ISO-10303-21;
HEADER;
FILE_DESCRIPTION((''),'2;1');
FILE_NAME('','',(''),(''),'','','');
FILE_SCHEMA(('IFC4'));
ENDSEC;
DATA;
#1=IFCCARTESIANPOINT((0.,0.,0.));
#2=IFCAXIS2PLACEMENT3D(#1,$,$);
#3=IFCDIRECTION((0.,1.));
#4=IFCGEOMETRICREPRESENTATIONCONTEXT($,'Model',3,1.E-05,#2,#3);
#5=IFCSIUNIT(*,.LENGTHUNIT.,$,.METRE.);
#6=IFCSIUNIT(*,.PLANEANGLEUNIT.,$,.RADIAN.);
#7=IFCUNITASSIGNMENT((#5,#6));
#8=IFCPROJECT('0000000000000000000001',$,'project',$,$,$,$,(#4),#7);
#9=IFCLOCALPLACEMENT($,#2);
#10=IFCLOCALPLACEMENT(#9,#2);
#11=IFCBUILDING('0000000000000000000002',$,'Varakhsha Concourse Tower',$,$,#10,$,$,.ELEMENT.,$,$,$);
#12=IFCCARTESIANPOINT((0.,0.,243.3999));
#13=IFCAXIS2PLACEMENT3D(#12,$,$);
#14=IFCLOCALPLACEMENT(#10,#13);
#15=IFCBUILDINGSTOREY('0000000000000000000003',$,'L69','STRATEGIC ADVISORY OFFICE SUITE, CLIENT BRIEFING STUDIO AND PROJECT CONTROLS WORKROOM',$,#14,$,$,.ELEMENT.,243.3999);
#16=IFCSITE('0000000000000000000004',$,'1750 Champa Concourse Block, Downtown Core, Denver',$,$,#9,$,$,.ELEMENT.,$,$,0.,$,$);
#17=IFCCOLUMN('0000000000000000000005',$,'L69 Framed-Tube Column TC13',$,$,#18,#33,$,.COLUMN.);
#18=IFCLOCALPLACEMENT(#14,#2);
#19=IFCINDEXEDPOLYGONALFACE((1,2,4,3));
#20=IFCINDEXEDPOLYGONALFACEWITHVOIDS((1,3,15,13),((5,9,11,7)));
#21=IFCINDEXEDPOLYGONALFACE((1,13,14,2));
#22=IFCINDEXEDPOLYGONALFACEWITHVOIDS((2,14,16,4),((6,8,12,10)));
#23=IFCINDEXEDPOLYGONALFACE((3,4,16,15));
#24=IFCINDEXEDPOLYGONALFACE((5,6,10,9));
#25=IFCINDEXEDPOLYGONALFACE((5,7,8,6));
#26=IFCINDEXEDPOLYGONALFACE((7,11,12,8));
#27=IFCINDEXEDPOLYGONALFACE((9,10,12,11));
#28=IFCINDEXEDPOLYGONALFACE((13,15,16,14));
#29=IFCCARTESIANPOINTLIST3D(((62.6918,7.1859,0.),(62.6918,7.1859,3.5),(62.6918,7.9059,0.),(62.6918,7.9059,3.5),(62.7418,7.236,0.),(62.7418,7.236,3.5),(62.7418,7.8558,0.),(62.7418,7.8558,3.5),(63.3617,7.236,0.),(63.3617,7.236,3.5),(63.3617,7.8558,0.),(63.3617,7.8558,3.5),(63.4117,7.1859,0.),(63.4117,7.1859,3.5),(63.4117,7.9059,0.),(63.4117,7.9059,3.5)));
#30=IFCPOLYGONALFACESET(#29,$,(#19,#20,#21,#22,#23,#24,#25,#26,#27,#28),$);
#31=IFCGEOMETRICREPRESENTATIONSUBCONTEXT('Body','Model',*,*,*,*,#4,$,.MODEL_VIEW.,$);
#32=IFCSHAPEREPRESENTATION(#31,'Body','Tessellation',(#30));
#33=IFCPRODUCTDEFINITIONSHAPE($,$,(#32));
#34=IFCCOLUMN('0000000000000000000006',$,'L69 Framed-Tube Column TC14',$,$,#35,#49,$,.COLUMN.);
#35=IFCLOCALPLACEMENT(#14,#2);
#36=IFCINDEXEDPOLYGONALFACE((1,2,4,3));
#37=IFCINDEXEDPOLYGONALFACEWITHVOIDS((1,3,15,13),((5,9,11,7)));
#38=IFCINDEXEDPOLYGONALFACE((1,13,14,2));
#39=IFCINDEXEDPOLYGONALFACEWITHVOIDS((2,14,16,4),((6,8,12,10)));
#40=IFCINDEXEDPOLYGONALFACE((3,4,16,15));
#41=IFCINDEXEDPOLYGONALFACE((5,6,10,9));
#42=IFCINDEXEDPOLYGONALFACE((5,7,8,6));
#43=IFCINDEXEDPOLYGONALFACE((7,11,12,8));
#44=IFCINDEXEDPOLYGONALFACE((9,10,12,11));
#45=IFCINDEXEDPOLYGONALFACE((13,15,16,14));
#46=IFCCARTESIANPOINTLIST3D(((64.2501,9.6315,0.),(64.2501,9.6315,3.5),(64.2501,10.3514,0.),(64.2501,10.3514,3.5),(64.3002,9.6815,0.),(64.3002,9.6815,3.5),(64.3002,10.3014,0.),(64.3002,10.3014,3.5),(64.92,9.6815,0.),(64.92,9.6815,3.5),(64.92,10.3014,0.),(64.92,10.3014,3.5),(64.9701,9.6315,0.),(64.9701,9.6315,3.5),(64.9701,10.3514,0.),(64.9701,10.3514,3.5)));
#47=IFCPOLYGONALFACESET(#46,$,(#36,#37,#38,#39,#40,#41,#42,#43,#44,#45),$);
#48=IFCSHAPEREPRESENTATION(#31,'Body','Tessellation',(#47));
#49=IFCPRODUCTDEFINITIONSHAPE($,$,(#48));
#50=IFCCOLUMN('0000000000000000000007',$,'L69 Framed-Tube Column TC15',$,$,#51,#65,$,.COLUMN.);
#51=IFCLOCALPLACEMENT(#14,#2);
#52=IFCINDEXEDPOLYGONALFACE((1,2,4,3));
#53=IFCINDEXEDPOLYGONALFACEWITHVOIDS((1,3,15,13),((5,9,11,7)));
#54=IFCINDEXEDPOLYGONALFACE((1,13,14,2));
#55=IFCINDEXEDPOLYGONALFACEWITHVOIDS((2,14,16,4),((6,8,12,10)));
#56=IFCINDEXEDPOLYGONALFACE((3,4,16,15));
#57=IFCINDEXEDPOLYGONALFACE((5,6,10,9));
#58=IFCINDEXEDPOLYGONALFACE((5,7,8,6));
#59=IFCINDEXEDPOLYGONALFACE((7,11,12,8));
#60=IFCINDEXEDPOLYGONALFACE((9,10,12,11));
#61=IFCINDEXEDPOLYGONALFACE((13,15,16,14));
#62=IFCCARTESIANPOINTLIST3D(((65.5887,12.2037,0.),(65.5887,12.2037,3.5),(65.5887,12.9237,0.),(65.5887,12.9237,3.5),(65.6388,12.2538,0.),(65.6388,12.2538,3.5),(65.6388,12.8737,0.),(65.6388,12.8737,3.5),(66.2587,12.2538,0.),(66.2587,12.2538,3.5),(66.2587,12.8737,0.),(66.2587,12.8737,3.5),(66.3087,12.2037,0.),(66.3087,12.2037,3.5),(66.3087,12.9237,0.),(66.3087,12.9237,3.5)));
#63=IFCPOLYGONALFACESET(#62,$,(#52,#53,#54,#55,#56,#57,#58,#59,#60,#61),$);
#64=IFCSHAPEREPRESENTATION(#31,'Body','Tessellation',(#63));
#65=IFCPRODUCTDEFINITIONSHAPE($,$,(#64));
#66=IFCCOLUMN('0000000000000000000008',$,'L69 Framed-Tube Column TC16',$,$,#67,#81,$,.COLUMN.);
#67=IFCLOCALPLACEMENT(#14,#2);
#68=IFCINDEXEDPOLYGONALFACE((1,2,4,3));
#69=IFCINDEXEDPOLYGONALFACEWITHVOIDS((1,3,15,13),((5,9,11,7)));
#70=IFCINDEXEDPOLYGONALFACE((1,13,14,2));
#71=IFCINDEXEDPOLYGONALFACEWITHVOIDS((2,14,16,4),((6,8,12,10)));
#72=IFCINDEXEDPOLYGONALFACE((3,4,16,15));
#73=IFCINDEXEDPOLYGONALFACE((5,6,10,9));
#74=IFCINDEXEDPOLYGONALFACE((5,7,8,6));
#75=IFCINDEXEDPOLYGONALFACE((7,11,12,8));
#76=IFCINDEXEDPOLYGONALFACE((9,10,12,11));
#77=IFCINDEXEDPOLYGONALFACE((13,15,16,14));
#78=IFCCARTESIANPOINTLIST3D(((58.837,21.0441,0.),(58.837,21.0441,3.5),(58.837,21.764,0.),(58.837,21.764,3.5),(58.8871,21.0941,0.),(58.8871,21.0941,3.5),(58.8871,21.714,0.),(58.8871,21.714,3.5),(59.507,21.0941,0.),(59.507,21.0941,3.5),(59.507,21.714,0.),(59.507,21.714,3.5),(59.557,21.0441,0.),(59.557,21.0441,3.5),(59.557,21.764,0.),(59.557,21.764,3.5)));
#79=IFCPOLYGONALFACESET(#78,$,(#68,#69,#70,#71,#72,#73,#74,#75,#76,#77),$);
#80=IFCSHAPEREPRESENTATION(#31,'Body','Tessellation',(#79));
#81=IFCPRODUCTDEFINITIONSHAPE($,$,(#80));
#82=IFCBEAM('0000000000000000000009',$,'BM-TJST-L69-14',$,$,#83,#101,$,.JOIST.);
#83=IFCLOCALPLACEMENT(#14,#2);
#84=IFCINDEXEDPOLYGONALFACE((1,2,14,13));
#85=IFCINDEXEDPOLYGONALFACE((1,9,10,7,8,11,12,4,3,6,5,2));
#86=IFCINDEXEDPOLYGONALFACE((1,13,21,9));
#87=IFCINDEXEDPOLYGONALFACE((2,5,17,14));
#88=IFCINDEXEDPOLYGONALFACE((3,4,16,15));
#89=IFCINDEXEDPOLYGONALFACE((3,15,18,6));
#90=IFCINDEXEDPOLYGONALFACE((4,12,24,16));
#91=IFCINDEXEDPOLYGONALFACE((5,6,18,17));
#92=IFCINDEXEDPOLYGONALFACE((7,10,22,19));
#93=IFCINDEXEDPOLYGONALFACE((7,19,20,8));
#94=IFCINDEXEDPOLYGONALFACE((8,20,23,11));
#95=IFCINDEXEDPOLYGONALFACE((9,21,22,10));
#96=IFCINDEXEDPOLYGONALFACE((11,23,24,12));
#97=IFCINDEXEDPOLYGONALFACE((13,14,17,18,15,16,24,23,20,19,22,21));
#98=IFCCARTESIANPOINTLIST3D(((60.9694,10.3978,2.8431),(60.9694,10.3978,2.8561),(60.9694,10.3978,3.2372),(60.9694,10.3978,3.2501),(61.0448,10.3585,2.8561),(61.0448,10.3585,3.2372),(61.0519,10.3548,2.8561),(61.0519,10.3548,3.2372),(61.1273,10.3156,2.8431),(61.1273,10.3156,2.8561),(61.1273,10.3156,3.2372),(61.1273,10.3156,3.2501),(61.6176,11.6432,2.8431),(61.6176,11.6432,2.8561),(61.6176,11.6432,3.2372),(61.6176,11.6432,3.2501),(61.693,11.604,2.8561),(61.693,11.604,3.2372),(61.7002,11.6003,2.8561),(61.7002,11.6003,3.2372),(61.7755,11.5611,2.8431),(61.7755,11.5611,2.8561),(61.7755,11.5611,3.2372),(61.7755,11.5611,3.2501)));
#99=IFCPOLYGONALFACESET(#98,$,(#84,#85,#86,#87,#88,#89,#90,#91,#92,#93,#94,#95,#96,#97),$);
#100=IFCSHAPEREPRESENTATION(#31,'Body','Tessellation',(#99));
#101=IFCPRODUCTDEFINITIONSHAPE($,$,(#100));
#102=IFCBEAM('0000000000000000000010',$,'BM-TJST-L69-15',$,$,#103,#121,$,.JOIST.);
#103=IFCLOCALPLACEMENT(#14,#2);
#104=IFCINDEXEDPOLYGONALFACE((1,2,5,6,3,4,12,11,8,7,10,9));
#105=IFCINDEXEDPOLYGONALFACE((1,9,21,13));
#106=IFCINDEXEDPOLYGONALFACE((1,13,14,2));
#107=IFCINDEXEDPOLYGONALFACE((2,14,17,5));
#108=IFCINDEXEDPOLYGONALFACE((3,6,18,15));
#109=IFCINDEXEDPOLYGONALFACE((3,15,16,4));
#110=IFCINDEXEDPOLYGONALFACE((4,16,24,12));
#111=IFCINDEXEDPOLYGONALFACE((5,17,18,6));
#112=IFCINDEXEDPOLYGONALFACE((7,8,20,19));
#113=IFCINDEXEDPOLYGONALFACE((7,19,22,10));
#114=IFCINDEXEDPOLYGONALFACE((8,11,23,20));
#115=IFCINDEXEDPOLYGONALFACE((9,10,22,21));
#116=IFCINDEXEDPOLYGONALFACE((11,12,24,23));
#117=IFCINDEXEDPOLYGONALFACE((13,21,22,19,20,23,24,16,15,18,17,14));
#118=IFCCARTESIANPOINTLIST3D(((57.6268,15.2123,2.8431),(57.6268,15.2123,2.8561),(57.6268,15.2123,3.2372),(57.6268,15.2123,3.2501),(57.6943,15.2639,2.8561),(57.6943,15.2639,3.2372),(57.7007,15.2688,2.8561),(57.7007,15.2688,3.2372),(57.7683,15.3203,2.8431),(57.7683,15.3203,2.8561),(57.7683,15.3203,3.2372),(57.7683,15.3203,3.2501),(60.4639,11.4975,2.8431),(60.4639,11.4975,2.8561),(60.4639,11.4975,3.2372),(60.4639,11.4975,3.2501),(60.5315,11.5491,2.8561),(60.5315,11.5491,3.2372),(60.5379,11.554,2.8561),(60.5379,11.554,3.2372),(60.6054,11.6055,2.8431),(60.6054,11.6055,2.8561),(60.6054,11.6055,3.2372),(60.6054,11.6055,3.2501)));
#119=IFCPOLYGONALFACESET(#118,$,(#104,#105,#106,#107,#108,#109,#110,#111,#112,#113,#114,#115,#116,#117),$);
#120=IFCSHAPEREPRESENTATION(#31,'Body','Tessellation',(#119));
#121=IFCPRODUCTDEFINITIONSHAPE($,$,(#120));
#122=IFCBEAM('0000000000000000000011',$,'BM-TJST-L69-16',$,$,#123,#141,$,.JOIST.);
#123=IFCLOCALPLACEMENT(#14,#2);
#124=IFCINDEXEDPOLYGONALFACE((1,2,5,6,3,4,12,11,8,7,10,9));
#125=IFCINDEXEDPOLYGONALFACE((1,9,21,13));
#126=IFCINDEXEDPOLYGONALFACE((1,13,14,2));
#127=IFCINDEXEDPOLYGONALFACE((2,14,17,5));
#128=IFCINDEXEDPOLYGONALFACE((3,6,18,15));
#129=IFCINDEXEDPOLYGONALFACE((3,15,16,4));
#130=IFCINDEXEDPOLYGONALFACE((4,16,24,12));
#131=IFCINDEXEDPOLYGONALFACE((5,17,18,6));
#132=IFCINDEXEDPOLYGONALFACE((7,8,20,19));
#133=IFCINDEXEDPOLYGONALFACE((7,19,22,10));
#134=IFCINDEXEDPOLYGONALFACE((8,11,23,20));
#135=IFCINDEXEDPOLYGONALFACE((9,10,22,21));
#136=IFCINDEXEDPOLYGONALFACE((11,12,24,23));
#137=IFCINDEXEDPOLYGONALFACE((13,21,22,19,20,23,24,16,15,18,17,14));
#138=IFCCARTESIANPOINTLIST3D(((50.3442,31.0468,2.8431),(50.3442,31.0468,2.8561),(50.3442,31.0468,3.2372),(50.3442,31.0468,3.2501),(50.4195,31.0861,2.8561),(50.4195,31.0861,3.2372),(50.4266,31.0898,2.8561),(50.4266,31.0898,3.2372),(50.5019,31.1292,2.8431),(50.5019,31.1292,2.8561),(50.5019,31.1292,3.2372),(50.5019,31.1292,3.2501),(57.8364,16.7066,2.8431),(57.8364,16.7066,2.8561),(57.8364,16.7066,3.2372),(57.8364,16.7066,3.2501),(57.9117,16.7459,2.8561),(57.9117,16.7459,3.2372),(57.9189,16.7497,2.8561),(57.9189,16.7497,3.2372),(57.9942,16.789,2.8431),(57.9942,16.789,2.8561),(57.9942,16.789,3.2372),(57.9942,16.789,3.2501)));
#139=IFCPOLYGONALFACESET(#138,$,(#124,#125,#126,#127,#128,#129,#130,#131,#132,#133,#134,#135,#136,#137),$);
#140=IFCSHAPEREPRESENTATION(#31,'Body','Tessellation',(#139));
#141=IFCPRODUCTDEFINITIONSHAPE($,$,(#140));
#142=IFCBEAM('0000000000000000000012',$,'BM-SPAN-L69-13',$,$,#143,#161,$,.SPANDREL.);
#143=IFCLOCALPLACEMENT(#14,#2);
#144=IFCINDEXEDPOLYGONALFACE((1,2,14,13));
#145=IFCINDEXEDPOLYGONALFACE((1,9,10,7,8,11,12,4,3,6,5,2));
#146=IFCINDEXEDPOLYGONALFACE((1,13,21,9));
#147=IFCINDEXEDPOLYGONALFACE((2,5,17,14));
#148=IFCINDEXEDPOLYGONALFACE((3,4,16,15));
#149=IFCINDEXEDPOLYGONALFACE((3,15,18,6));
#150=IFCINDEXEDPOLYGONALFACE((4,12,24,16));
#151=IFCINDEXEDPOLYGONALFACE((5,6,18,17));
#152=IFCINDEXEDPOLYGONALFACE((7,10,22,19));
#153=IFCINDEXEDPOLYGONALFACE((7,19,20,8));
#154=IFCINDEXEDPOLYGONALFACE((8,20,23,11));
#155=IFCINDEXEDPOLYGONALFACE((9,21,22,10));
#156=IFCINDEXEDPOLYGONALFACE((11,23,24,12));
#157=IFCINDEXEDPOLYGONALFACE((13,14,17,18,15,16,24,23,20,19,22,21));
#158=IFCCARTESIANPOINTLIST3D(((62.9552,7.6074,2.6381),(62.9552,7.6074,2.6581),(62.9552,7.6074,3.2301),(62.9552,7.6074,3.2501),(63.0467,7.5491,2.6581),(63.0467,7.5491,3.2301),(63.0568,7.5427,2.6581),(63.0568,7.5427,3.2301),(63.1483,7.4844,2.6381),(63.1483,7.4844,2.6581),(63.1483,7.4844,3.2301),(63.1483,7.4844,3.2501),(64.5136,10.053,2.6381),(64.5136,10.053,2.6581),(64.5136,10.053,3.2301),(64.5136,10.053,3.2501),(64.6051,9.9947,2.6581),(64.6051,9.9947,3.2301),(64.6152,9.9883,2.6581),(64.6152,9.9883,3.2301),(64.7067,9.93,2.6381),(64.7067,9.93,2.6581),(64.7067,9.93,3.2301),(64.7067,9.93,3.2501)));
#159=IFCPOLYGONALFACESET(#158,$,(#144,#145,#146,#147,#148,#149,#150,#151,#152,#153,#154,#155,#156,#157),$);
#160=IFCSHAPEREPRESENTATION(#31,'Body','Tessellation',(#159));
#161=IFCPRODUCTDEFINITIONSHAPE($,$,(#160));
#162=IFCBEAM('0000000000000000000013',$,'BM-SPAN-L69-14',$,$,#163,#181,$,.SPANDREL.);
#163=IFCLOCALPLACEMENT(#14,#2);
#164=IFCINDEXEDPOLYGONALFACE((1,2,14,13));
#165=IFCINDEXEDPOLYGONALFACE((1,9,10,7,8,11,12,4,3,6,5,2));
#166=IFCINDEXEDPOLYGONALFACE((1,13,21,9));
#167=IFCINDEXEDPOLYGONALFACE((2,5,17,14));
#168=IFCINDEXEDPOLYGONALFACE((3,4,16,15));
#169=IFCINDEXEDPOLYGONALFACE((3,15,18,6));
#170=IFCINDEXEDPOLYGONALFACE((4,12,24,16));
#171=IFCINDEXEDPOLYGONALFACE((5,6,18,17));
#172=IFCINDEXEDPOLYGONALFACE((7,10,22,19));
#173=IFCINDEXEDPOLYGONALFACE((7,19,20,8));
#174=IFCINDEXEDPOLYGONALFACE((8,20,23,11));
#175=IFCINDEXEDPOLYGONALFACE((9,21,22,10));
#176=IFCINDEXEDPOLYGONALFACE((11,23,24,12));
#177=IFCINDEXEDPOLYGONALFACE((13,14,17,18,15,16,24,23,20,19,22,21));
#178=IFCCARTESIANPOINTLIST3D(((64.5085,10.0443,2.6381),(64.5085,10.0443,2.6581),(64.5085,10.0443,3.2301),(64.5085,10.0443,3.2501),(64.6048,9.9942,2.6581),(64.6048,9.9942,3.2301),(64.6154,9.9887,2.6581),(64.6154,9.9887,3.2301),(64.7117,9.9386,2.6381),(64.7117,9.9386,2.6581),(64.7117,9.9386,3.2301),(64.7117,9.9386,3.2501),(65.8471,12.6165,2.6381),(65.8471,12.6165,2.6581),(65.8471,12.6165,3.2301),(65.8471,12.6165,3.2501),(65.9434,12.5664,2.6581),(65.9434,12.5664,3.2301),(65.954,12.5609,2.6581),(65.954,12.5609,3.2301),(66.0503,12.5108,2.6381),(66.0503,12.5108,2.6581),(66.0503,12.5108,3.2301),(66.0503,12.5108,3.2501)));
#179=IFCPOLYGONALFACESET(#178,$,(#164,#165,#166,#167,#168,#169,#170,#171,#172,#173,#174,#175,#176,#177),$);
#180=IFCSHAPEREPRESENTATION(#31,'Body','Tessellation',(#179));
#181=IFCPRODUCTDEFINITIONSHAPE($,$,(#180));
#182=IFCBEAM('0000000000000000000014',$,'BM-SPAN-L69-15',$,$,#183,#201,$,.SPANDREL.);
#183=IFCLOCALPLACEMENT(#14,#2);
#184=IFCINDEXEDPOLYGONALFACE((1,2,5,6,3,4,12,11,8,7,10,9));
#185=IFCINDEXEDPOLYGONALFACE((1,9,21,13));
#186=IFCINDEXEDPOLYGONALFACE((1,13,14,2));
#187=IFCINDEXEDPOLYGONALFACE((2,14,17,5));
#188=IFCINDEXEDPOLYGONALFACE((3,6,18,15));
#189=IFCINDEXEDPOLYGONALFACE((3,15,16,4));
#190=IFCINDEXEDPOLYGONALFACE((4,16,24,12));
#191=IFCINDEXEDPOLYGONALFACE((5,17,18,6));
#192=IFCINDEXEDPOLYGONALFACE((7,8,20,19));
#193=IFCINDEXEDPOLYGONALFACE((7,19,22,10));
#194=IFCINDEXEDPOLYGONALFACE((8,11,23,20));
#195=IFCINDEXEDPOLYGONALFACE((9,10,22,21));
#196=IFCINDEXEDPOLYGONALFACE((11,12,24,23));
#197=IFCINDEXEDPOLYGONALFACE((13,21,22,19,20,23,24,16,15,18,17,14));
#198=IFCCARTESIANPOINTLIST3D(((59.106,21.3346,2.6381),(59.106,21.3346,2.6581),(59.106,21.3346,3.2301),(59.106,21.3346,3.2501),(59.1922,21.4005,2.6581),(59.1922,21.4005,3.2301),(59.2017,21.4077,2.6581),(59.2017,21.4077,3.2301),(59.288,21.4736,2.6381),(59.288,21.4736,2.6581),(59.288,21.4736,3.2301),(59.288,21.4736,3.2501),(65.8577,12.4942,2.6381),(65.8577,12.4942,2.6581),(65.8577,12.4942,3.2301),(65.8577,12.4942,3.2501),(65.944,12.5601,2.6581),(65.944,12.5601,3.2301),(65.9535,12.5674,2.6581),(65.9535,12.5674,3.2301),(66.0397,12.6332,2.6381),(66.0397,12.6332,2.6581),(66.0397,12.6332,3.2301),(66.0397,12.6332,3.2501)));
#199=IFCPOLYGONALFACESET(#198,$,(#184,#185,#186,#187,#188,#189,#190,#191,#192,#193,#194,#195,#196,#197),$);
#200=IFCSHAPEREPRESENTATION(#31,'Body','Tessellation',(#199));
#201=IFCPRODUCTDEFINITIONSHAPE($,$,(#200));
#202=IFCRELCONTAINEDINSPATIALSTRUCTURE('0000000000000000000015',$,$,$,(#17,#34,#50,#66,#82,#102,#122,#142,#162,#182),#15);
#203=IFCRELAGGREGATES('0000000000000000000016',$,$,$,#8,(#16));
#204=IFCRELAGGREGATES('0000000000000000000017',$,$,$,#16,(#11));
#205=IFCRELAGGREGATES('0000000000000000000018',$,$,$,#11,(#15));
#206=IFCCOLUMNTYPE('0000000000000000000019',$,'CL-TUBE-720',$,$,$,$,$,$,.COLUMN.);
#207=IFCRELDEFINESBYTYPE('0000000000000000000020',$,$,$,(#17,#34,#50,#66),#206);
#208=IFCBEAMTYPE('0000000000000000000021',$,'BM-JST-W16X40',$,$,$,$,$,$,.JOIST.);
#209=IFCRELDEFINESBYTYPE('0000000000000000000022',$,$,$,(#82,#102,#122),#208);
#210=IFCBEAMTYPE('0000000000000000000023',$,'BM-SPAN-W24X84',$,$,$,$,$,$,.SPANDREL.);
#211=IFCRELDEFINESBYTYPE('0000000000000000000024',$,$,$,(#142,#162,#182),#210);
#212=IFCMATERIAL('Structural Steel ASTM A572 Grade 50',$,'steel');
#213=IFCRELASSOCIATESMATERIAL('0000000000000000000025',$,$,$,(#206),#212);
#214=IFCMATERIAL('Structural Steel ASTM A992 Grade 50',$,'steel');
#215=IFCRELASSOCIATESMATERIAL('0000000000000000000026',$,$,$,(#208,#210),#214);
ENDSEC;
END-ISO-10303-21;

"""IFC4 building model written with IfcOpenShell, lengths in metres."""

from ifc_helpers import new_model, si_unit, direction, frame, origin, origin_2d, place, context, subcontext, project, spatial, hollow_rectangle, i_section, extrude, material, material_profile, profile_set, type_object, element, save


model = new_model("IFC4")

# Units and contexts
model_context = context("Model", 3, precision=1e-05, world=origin(), true_north=direction((0.0, 1.0)))
body_context = subcontext(model_context, "Body", "Model", "MODEL_VIEW")
ifc_project = project(units=[si_unit("LENGTHUNIT", "METRE"), si_unit("PLANEANGLEUNIT", "RADIAN")], contexts=[model_context])

# Site, building, storey
site_placement = place(None, origin())
site = spatial("IfcSite", under=ifc_project, at=site_placement, Name="1750 Champa Concourse Block, Downtown Core, Denver", CompositionType="ELEMENT", RefElevation=0.0)
building_placement = place(site_placement, origin())
building = spatial("IfcBuilding", under=site, at=building_placement, Name="Varakhsha Concourse Tower", CompositionType="ELEMENT")
storey_placement = place(building_placement, frame((0.0, 0.0, 243.3999)))
storey = spatial("IfcBuildingStorey", under=building, at=storey_placement, Name="L69", Description="STRATEGIC ADVISORY OFFICE SUITE, CLIENT BRIEFING STUDIO AND PROJECT CONTROLS WORKROOM", CompositionType="ELEMENT", Elevation=243.3999)

# Columns
ifc_material_1 = material(Name="Structural Steel ASTM A572 Grade 50", Category="steel")
ifc_material_profile_1 = material_profile(ifc_material_1, hollow_rectangle(XDim=0.72, YDim=0.72, WallThickness=0.05, at=origin_2d()), Name="BOX 720x720x50")
ifc_profile_set_1 = profile_set([ifc_material_profile_1], Name="Structural Steel ASTM A572 Grade 50")
column_type = type_object("IfcColumnType", Name="CL-TUBE-720", PredefinedType="COLUMN", material=ifc_profile_set_1)
for number, where, z_axis, x_axis, name in (
    (1, (63.0518, 7.5459, 0.0), (0.0, 0.0, 1.0), (1.0, 0.0, 0.0), "L69 Framed-Tube Column TC13"),
    (2, (64.6101, 9.9915, 0.0), (0.0, 0.0, 1.0), (1.0, 0.0, 0.0), "L69 Framed-Tube Column TC14"),
    (3, (65.9487, 12.5637, 0.0), (0.0, 0.0, 1.0), (1.0, 0.0, 0.0), "L69 Framed-Tube Column TC15"),
    (4, (59.197, 21.4041, 0.0), (0.0, 0.0, 1.0), (1.0, 0.0, 0.0), "L69 Framed-Tube Column TC16"),
):
    element("IfcColumn", number, at=place(storey_placement, frame(where, z_axis=z_axis, x_axis=x_axis)), inside=storey, type_object=column_type, Name=name, PredefinedType="COLUMN", context=body_context, shape_type="SweptSolid", body=[
        extrude(hollow_rectangle(XDim=0.72, YDim=0.72, WallThickness=0.05, at=origin_2d()), origin(), (0.0, 0.0, 1.0), 3.5),
    ])

# Beams
ifc_material_2 = material(Name="Structural Steel ASTM A992 Grade 50", Category="steel")
ifc_material_profile_2 = material_profile(ifc_material_2, i_section(OverallWidth=0.178, OverallDepth=0.407, WebThickness=0.0081, FlangeThickness=0.0129, at=origin_2d()), Name="W16X40")
ifc_profile_set_2 = profile_set([ifc_material_profile_2], Name="Structural Steel ASTM A992 Grade 50")
beam_type_1 = type_object("IfcBeamType", Name="BM-JST-W16X40", PredefinedType="JOIST", material=ifc_profile_set_2)
beam_1_placement = place(storey_placement, frame((61.0483, 10.3567, 3.0466), z_axis=(0.461692, 0.88704, 0.0), x_axis=(-0.88704, 0.461692, 0.0)))
element("IfcBeam", 5, at=beam_1_placement, inside=storey, type_object=beam_type_1, Name="BM-TJST-L69-14", PredefinedType="JOIST", context=body_context, shape_type="SweptSolid", body=[
    extrude(i_section(OverallWidth=0.178, OverallDepth=0.407, WebThickness=0.0081, FlangeThickness=0.0129, at=origin_2d()), origin(), (0.0, 0.0, 1.0), 1.4041),
])
beam_2_placement = place(storey_placement, frame((60.5347, 11.5515, 3.0466), z_axis=(-0.606963, 0.79473, 0.0), x_axis=(-0.79473, -0.606963, 0.0)))
element("IfcBeam", 6, at=beam_2_placement, inside=storey, type_object=beam_type_1, Name="BM-TJST-L69-15", PredefinedType="JOIST", context=body_context, shape_type="SweptSolid", body=[
    extrude(i_section(OverallWidth=0.178, OverallDepth=0.407, WebThickness=0.0081, FlangeThickness=0.0129, at=origin_2d()), origin(), (0.0, 0.0, 1.0), 4.6743),
])
beam_3_placement = place(storey_placement, frame((57.9153, 16.7478, 3.0466), z_axis=(-0.463071, 0.886321, 0.0), x_axis=(-0.886321, -0.463071, 0.0)))
element("IfcBeam", 7, at=beam_3_placement, inside=storey, type_object=beam_type_1, Name="BM-TJST-L69-16", PredefinedType="JOIST", context=body_context, shape_type="SweptSolid", body=[
    extrude(i_section(OverallWidth=0.178, OverallDepth=0.407, WebThickness=0.0081, FlangeThickness=0.0129, at=origin_2d()), origin(), (0.0, 0.0, 1.0), 16.1794),
])
ifc_material_profile_3 = material_profile(ifc_material_2, i_section(OverallWidth=0.229, OverallDepth=0.6121, WebThickness=0.012, FlangeThickness=0.02, at=origin_2d()), Name="W24X84")
ifc_profile_set_3 = profile_set([ifc_material_profile_3], Name="Structural Steel ASTM A992 Grade 50")
beam_type_2 = type_object("IfcBeamType", Name="BM-SPAN-W24X84", PredefinedType="SPANDREL", material=ifc_profile_set_3)
beam_4_placement = place(storey_placement, frame((63.0518, 7.5459, 2.9441), z_axis=(0.537387, 0.843335, 0.0), x_axis=(-0.843335, 0.537387, 0.0)))
element("IfcBeam", 8, at=beam_4_placement, inside=storey, type_object=beam_type_2, Name="BM-SPAN-L69-13", PredefinedType="SPANDREL", context=body_context, shape_type="SweptSolid", body=[
    extrude(i_section(OverallWidth=0.229, OverallDepth=0.6121, WebThickness=0.012, FlangeThickness=0.02, at=origin_2d()), origin(), (0.0, 0.0, 1.0), 2.8999),
])
beam_5_placement = place(storey_placement, frame((64.6101, 9.9915, 2.9441), z_axis=(0.461636, 0.887069, 0.0), x_axis=(-0.887069, 0.461636, 0.0)))
element("IfcBeam", 9, at=beam_5_placement, inside=storey, type_object=beam_type_2, Name="BM-SPAN-L69-14", PredefinedType="SPANDREL", context=body_context, shape_type="SweptSolid", body=[
    extrude(i_section(OverallWidth=0.229, OverallDepth=0.6121, WebThickness=0.012, FlangeThickness=0.02, at=origin_2d()), origin(), (0.0, 0.0, 1.0), 2.8997),
])
beam_6_placement = place(storey_placement, frame((65.9487, 12.5637, 2.9441), z_axis=(-0.606965, 0.794728, 0.0), x_axis=(-0.794728, -0.606965, 0.0)))
element("IfcBeam", 10, at=beam_6_placement, inside=storey, type_object=beam_type_2, Name="BM-SPAN-L69-15", PredefinedType="SPANDREL", context=body_context, shape_type="SweptSolid", body=[
    extrude(i_section(OverallWidth=0.229, OverallDepth=0.6121, WebThickness=0.012, FlangeThickness=0.02, at=origin_2d()), origin(), (0.0, 0.0, 1.0), 11.1238),
])

save(model, "model.ifc")
